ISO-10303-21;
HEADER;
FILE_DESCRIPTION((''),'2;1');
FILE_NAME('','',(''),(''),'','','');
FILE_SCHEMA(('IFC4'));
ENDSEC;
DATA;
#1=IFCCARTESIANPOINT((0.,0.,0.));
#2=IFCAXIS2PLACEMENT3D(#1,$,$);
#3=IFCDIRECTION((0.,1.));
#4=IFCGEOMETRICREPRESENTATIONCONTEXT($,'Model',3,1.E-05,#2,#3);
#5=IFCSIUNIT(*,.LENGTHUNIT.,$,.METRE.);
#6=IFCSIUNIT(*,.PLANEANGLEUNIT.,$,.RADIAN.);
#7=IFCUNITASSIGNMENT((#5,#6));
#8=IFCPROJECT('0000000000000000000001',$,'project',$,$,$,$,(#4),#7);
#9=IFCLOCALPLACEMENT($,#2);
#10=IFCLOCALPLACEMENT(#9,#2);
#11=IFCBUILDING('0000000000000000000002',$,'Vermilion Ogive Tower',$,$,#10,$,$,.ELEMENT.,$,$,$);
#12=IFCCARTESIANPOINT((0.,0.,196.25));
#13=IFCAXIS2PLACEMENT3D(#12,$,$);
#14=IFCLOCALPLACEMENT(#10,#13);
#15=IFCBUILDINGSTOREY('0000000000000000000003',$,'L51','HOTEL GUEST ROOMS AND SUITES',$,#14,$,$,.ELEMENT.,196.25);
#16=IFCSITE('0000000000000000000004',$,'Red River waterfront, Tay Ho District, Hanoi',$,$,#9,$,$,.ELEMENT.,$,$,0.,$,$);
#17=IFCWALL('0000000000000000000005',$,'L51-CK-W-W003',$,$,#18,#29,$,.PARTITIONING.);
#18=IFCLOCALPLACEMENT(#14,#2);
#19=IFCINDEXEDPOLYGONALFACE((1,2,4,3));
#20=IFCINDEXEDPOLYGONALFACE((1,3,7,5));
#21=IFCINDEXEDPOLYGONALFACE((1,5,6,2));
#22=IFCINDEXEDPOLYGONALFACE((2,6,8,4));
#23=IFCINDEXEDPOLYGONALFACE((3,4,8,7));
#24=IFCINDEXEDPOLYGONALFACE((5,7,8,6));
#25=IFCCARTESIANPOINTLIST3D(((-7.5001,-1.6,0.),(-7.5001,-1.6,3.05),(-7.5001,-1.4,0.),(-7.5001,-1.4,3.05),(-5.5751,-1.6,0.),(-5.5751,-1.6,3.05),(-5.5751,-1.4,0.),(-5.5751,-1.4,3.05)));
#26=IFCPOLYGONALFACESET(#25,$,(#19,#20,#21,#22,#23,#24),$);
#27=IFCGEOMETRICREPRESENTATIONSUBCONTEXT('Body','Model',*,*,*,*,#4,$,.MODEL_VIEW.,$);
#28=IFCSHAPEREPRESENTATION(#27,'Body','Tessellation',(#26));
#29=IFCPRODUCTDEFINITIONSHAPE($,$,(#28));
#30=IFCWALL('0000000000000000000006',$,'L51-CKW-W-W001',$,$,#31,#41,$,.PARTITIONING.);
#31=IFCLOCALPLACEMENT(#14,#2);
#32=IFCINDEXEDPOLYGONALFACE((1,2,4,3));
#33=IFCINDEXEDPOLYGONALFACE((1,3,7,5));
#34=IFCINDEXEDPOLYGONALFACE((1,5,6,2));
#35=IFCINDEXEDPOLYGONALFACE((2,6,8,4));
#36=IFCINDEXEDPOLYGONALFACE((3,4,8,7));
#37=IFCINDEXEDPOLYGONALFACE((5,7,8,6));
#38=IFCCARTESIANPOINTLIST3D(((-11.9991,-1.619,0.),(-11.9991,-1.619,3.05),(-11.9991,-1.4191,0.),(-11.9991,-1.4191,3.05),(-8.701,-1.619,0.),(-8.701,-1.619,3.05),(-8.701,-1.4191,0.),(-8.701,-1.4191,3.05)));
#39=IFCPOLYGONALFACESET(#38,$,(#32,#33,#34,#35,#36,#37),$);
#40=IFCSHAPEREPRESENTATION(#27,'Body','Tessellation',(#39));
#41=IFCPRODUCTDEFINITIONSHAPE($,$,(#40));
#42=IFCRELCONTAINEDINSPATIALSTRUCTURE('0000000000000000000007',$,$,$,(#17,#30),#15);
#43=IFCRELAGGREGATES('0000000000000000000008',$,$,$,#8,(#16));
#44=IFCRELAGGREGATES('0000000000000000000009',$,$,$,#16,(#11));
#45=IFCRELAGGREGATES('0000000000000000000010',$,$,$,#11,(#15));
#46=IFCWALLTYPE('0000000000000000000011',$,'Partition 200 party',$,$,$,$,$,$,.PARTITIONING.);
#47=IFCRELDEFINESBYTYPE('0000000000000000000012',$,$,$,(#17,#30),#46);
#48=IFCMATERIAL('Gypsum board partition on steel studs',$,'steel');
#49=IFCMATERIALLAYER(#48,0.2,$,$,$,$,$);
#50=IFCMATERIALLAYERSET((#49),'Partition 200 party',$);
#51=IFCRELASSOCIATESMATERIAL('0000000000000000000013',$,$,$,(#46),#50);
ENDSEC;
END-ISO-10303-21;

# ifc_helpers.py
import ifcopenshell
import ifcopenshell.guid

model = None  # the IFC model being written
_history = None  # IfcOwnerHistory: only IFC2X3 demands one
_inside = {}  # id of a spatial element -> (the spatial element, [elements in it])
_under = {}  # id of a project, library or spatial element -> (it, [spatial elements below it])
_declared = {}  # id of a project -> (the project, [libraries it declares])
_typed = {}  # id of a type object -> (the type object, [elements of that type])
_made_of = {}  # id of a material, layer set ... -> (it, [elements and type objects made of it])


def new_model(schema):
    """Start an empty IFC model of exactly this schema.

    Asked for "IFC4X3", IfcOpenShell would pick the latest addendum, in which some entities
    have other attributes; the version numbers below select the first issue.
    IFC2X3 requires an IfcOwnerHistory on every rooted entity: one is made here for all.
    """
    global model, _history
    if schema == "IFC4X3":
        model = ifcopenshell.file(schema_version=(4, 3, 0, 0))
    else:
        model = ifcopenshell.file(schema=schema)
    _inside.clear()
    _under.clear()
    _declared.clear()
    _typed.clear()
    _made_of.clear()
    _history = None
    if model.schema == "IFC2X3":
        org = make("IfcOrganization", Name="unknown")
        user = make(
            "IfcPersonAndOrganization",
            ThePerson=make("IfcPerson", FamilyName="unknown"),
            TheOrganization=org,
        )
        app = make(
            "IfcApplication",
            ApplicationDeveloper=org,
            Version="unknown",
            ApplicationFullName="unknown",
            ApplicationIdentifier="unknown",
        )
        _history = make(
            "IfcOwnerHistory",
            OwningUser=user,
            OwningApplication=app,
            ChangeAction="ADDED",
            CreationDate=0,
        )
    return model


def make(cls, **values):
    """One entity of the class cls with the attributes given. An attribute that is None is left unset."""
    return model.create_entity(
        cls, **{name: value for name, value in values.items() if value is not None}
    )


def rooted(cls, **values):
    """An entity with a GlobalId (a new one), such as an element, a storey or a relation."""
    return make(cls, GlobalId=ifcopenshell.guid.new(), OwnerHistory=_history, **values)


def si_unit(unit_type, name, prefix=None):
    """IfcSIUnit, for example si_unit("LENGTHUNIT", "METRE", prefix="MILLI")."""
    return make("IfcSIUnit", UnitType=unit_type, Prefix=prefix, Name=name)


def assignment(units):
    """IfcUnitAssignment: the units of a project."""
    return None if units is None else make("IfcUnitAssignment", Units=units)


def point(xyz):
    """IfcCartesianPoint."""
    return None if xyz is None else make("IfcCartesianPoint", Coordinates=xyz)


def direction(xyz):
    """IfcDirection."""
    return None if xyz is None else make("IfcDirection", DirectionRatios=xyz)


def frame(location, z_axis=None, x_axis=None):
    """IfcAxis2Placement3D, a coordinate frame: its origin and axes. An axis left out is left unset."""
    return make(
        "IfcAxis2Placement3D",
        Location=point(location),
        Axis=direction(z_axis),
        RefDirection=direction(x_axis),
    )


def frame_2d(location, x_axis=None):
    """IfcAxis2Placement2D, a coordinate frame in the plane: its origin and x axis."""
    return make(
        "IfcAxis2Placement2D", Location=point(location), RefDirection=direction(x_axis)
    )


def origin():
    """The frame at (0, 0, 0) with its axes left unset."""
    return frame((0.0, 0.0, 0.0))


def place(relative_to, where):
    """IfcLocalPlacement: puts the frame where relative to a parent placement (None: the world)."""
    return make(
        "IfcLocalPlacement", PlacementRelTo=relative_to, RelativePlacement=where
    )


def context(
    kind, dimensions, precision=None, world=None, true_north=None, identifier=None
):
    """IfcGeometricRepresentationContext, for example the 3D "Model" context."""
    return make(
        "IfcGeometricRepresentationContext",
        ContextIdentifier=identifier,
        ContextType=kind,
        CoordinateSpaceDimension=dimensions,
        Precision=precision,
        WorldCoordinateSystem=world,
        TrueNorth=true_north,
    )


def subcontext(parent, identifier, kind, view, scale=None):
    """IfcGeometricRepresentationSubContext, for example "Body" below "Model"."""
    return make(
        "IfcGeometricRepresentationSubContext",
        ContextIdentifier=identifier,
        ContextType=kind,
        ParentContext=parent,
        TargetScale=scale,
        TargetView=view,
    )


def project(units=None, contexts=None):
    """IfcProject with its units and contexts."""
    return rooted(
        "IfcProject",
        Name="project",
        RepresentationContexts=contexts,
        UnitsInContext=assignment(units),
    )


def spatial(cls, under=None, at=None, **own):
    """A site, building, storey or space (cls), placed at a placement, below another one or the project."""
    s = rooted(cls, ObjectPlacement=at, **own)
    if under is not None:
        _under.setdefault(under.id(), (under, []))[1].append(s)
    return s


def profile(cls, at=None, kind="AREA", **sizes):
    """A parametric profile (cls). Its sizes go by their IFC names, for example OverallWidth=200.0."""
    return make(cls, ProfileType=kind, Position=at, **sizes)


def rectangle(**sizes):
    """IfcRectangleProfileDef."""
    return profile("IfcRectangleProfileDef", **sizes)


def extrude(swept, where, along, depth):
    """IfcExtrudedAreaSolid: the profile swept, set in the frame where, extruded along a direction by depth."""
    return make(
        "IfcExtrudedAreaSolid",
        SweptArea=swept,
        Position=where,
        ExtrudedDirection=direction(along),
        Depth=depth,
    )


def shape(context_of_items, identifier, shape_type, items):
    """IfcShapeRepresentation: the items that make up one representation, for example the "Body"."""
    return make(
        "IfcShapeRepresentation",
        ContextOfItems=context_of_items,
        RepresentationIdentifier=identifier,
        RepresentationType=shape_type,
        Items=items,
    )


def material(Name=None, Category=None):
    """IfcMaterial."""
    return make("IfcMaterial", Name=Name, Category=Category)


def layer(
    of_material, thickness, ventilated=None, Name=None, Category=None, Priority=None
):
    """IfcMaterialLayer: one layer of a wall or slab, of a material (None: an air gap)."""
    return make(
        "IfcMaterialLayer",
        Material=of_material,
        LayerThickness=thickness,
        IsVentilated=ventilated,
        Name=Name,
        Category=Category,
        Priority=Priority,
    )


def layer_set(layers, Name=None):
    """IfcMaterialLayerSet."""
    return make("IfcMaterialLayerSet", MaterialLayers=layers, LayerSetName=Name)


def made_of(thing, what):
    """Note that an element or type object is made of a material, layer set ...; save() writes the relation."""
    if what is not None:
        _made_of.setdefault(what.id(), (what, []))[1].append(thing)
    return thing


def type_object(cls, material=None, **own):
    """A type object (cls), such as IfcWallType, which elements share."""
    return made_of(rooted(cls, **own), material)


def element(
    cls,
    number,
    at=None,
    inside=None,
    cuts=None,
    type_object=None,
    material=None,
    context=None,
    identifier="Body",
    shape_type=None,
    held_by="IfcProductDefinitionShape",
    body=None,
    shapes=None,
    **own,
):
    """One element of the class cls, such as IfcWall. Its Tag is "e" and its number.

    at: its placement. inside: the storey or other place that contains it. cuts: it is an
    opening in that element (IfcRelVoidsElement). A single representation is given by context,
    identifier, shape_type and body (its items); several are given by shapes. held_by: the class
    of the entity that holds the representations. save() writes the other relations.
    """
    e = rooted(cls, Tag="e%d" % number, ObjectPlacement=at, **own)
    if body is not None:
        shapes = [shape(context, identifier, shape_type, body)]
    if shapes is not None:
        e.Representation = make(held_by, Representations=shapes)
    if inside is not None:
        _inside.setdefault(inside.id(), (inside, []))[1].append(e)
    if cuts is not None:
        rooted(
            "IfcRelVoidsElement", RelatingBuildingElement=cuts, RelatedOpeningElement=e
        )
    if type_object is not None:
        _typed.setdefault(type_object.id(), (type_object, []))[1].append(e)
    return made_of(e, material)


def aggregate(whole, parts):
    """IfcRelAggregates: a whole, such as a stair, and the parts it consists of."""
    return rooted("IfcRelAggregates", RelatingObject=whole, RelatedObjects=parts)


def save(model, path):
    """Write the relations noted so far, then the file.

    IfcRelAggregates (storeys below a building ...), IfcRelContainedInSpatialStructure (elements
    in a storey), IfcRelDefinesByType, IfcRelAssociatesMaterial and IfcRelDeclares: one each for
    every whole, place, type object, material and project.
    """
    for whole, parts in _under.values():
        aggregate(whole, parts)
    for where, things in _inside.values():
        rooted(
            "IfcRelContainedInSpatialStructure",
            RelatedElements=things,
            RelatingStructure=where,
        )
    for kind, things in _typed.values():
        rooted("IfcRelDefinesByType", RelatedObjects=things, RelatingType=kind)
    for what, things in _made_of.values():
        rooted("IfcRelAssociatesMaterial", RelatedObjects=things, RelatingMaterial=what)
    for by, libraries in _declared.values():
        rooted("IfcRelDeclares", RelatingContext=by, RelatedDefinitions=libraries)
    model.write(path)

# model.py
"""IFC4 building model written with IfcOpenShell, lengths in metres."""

from ifc_helpers import new_model, si_unit, direction, frame, frame_2d, origin, place, context, subcontext, project, spatial, rectangle, extrude, material, layer, layer_set, type_object, element, save


model = new_model("IFC4")

# Units and contexts
model_context = context("Model", 3, precision=1e-05, world=origin(), true_north=direction((0.0, 1.0)))
body_context = subcontext(model_context, "Body", "Model", "MODEL_VIEW")
ifc_project = project(units=[si_unit("LENGTHUNIT", "METRE"), si_unit("PLANEANGLEUNIT", "RADIAN")], contexts=[model_context])

# Site, building, storey
site_placement = place(None, origin())
site = spatial("IfcSite", under=ifc_project, at=site_placement, Name="Red River waterfront, Tay Ho District, Hanoi", CompositionType="ELEMENT", RefElevation=0.0)
building_placement = place(site_placement, origin())
building = spatial("IfcBuilding", under=site, at=building_placement, Name="Vermilion Ogive Tower", CompositionType="ELEMENT")
storey_placement = place(building_placement, frame((0.0, 0.0, 196.25)))
storey = spatial("IfcBuildingStorey", under=building, at=storey_placement, Name="L51", Description="HOTEL GUEST ROOMS AND SUITES", CompositionType="ELEMENT", Elevation=196.25)

# Walls
ifc_material_1 = material(Name="Gypsum board partition on steel studs", Category="steel")
ifc_layer_1 = layer(ifc_material_1, 0.2)
ifc_layer_set_1 = layer_set([ifc_layer_1], Name="Partition 200 party")
wall_type_1 = type_object("IfcWallType", Name="Partition 200 party", PredefinedType="PARTITIONING", material=ifc_layer_set_1)
for number, where, z_axis, x_axis, name in (
    (1, (-7.5, -1.5, 0.0), (0.0, 0.0, 1.0), (1.0, 0.0, 0.0), "L51-CK-W-W003"),
):
    element("IfcWall", number, at=place(storey_placement, frame(where, z_axis=z_axis, x_axis=x_axis)), inside=storey, type_object=wall_type_1, Name=name, PredefinedType="PARTITIONING", context=body_context, shape_type="SweptSolid", body=[
        extrude(rectangle(XDim=1.925, YDim=0.2, at=frame_2d((0.9624, 0.0))), origin(), (0.0, 0.0, 1.0), 3.05),
    ])
wall_1_placement = place(storey_placement, frame((-11.999, -1.519, 0.0), z_axis=(0.0, 0.0, 1.0), x_axis=(1.0, 0.0, 0.0)))
element("IfcWall", 2, at=wall_1_placement, inside=storey, type_object=wall_type_1, Name="L51-CKW-W-W001", PredefinedType="PARTITIONING", context=body_context, shape_type="SweptSolid", body=[
    extrude(rectangle(XDim=3.2981, YDim=0.2, at=frame_2d((1.6489, 0.0))), origin(), (0.0, 0.0, 1.0), 3.05),
])

save(model, "model.ifc")
